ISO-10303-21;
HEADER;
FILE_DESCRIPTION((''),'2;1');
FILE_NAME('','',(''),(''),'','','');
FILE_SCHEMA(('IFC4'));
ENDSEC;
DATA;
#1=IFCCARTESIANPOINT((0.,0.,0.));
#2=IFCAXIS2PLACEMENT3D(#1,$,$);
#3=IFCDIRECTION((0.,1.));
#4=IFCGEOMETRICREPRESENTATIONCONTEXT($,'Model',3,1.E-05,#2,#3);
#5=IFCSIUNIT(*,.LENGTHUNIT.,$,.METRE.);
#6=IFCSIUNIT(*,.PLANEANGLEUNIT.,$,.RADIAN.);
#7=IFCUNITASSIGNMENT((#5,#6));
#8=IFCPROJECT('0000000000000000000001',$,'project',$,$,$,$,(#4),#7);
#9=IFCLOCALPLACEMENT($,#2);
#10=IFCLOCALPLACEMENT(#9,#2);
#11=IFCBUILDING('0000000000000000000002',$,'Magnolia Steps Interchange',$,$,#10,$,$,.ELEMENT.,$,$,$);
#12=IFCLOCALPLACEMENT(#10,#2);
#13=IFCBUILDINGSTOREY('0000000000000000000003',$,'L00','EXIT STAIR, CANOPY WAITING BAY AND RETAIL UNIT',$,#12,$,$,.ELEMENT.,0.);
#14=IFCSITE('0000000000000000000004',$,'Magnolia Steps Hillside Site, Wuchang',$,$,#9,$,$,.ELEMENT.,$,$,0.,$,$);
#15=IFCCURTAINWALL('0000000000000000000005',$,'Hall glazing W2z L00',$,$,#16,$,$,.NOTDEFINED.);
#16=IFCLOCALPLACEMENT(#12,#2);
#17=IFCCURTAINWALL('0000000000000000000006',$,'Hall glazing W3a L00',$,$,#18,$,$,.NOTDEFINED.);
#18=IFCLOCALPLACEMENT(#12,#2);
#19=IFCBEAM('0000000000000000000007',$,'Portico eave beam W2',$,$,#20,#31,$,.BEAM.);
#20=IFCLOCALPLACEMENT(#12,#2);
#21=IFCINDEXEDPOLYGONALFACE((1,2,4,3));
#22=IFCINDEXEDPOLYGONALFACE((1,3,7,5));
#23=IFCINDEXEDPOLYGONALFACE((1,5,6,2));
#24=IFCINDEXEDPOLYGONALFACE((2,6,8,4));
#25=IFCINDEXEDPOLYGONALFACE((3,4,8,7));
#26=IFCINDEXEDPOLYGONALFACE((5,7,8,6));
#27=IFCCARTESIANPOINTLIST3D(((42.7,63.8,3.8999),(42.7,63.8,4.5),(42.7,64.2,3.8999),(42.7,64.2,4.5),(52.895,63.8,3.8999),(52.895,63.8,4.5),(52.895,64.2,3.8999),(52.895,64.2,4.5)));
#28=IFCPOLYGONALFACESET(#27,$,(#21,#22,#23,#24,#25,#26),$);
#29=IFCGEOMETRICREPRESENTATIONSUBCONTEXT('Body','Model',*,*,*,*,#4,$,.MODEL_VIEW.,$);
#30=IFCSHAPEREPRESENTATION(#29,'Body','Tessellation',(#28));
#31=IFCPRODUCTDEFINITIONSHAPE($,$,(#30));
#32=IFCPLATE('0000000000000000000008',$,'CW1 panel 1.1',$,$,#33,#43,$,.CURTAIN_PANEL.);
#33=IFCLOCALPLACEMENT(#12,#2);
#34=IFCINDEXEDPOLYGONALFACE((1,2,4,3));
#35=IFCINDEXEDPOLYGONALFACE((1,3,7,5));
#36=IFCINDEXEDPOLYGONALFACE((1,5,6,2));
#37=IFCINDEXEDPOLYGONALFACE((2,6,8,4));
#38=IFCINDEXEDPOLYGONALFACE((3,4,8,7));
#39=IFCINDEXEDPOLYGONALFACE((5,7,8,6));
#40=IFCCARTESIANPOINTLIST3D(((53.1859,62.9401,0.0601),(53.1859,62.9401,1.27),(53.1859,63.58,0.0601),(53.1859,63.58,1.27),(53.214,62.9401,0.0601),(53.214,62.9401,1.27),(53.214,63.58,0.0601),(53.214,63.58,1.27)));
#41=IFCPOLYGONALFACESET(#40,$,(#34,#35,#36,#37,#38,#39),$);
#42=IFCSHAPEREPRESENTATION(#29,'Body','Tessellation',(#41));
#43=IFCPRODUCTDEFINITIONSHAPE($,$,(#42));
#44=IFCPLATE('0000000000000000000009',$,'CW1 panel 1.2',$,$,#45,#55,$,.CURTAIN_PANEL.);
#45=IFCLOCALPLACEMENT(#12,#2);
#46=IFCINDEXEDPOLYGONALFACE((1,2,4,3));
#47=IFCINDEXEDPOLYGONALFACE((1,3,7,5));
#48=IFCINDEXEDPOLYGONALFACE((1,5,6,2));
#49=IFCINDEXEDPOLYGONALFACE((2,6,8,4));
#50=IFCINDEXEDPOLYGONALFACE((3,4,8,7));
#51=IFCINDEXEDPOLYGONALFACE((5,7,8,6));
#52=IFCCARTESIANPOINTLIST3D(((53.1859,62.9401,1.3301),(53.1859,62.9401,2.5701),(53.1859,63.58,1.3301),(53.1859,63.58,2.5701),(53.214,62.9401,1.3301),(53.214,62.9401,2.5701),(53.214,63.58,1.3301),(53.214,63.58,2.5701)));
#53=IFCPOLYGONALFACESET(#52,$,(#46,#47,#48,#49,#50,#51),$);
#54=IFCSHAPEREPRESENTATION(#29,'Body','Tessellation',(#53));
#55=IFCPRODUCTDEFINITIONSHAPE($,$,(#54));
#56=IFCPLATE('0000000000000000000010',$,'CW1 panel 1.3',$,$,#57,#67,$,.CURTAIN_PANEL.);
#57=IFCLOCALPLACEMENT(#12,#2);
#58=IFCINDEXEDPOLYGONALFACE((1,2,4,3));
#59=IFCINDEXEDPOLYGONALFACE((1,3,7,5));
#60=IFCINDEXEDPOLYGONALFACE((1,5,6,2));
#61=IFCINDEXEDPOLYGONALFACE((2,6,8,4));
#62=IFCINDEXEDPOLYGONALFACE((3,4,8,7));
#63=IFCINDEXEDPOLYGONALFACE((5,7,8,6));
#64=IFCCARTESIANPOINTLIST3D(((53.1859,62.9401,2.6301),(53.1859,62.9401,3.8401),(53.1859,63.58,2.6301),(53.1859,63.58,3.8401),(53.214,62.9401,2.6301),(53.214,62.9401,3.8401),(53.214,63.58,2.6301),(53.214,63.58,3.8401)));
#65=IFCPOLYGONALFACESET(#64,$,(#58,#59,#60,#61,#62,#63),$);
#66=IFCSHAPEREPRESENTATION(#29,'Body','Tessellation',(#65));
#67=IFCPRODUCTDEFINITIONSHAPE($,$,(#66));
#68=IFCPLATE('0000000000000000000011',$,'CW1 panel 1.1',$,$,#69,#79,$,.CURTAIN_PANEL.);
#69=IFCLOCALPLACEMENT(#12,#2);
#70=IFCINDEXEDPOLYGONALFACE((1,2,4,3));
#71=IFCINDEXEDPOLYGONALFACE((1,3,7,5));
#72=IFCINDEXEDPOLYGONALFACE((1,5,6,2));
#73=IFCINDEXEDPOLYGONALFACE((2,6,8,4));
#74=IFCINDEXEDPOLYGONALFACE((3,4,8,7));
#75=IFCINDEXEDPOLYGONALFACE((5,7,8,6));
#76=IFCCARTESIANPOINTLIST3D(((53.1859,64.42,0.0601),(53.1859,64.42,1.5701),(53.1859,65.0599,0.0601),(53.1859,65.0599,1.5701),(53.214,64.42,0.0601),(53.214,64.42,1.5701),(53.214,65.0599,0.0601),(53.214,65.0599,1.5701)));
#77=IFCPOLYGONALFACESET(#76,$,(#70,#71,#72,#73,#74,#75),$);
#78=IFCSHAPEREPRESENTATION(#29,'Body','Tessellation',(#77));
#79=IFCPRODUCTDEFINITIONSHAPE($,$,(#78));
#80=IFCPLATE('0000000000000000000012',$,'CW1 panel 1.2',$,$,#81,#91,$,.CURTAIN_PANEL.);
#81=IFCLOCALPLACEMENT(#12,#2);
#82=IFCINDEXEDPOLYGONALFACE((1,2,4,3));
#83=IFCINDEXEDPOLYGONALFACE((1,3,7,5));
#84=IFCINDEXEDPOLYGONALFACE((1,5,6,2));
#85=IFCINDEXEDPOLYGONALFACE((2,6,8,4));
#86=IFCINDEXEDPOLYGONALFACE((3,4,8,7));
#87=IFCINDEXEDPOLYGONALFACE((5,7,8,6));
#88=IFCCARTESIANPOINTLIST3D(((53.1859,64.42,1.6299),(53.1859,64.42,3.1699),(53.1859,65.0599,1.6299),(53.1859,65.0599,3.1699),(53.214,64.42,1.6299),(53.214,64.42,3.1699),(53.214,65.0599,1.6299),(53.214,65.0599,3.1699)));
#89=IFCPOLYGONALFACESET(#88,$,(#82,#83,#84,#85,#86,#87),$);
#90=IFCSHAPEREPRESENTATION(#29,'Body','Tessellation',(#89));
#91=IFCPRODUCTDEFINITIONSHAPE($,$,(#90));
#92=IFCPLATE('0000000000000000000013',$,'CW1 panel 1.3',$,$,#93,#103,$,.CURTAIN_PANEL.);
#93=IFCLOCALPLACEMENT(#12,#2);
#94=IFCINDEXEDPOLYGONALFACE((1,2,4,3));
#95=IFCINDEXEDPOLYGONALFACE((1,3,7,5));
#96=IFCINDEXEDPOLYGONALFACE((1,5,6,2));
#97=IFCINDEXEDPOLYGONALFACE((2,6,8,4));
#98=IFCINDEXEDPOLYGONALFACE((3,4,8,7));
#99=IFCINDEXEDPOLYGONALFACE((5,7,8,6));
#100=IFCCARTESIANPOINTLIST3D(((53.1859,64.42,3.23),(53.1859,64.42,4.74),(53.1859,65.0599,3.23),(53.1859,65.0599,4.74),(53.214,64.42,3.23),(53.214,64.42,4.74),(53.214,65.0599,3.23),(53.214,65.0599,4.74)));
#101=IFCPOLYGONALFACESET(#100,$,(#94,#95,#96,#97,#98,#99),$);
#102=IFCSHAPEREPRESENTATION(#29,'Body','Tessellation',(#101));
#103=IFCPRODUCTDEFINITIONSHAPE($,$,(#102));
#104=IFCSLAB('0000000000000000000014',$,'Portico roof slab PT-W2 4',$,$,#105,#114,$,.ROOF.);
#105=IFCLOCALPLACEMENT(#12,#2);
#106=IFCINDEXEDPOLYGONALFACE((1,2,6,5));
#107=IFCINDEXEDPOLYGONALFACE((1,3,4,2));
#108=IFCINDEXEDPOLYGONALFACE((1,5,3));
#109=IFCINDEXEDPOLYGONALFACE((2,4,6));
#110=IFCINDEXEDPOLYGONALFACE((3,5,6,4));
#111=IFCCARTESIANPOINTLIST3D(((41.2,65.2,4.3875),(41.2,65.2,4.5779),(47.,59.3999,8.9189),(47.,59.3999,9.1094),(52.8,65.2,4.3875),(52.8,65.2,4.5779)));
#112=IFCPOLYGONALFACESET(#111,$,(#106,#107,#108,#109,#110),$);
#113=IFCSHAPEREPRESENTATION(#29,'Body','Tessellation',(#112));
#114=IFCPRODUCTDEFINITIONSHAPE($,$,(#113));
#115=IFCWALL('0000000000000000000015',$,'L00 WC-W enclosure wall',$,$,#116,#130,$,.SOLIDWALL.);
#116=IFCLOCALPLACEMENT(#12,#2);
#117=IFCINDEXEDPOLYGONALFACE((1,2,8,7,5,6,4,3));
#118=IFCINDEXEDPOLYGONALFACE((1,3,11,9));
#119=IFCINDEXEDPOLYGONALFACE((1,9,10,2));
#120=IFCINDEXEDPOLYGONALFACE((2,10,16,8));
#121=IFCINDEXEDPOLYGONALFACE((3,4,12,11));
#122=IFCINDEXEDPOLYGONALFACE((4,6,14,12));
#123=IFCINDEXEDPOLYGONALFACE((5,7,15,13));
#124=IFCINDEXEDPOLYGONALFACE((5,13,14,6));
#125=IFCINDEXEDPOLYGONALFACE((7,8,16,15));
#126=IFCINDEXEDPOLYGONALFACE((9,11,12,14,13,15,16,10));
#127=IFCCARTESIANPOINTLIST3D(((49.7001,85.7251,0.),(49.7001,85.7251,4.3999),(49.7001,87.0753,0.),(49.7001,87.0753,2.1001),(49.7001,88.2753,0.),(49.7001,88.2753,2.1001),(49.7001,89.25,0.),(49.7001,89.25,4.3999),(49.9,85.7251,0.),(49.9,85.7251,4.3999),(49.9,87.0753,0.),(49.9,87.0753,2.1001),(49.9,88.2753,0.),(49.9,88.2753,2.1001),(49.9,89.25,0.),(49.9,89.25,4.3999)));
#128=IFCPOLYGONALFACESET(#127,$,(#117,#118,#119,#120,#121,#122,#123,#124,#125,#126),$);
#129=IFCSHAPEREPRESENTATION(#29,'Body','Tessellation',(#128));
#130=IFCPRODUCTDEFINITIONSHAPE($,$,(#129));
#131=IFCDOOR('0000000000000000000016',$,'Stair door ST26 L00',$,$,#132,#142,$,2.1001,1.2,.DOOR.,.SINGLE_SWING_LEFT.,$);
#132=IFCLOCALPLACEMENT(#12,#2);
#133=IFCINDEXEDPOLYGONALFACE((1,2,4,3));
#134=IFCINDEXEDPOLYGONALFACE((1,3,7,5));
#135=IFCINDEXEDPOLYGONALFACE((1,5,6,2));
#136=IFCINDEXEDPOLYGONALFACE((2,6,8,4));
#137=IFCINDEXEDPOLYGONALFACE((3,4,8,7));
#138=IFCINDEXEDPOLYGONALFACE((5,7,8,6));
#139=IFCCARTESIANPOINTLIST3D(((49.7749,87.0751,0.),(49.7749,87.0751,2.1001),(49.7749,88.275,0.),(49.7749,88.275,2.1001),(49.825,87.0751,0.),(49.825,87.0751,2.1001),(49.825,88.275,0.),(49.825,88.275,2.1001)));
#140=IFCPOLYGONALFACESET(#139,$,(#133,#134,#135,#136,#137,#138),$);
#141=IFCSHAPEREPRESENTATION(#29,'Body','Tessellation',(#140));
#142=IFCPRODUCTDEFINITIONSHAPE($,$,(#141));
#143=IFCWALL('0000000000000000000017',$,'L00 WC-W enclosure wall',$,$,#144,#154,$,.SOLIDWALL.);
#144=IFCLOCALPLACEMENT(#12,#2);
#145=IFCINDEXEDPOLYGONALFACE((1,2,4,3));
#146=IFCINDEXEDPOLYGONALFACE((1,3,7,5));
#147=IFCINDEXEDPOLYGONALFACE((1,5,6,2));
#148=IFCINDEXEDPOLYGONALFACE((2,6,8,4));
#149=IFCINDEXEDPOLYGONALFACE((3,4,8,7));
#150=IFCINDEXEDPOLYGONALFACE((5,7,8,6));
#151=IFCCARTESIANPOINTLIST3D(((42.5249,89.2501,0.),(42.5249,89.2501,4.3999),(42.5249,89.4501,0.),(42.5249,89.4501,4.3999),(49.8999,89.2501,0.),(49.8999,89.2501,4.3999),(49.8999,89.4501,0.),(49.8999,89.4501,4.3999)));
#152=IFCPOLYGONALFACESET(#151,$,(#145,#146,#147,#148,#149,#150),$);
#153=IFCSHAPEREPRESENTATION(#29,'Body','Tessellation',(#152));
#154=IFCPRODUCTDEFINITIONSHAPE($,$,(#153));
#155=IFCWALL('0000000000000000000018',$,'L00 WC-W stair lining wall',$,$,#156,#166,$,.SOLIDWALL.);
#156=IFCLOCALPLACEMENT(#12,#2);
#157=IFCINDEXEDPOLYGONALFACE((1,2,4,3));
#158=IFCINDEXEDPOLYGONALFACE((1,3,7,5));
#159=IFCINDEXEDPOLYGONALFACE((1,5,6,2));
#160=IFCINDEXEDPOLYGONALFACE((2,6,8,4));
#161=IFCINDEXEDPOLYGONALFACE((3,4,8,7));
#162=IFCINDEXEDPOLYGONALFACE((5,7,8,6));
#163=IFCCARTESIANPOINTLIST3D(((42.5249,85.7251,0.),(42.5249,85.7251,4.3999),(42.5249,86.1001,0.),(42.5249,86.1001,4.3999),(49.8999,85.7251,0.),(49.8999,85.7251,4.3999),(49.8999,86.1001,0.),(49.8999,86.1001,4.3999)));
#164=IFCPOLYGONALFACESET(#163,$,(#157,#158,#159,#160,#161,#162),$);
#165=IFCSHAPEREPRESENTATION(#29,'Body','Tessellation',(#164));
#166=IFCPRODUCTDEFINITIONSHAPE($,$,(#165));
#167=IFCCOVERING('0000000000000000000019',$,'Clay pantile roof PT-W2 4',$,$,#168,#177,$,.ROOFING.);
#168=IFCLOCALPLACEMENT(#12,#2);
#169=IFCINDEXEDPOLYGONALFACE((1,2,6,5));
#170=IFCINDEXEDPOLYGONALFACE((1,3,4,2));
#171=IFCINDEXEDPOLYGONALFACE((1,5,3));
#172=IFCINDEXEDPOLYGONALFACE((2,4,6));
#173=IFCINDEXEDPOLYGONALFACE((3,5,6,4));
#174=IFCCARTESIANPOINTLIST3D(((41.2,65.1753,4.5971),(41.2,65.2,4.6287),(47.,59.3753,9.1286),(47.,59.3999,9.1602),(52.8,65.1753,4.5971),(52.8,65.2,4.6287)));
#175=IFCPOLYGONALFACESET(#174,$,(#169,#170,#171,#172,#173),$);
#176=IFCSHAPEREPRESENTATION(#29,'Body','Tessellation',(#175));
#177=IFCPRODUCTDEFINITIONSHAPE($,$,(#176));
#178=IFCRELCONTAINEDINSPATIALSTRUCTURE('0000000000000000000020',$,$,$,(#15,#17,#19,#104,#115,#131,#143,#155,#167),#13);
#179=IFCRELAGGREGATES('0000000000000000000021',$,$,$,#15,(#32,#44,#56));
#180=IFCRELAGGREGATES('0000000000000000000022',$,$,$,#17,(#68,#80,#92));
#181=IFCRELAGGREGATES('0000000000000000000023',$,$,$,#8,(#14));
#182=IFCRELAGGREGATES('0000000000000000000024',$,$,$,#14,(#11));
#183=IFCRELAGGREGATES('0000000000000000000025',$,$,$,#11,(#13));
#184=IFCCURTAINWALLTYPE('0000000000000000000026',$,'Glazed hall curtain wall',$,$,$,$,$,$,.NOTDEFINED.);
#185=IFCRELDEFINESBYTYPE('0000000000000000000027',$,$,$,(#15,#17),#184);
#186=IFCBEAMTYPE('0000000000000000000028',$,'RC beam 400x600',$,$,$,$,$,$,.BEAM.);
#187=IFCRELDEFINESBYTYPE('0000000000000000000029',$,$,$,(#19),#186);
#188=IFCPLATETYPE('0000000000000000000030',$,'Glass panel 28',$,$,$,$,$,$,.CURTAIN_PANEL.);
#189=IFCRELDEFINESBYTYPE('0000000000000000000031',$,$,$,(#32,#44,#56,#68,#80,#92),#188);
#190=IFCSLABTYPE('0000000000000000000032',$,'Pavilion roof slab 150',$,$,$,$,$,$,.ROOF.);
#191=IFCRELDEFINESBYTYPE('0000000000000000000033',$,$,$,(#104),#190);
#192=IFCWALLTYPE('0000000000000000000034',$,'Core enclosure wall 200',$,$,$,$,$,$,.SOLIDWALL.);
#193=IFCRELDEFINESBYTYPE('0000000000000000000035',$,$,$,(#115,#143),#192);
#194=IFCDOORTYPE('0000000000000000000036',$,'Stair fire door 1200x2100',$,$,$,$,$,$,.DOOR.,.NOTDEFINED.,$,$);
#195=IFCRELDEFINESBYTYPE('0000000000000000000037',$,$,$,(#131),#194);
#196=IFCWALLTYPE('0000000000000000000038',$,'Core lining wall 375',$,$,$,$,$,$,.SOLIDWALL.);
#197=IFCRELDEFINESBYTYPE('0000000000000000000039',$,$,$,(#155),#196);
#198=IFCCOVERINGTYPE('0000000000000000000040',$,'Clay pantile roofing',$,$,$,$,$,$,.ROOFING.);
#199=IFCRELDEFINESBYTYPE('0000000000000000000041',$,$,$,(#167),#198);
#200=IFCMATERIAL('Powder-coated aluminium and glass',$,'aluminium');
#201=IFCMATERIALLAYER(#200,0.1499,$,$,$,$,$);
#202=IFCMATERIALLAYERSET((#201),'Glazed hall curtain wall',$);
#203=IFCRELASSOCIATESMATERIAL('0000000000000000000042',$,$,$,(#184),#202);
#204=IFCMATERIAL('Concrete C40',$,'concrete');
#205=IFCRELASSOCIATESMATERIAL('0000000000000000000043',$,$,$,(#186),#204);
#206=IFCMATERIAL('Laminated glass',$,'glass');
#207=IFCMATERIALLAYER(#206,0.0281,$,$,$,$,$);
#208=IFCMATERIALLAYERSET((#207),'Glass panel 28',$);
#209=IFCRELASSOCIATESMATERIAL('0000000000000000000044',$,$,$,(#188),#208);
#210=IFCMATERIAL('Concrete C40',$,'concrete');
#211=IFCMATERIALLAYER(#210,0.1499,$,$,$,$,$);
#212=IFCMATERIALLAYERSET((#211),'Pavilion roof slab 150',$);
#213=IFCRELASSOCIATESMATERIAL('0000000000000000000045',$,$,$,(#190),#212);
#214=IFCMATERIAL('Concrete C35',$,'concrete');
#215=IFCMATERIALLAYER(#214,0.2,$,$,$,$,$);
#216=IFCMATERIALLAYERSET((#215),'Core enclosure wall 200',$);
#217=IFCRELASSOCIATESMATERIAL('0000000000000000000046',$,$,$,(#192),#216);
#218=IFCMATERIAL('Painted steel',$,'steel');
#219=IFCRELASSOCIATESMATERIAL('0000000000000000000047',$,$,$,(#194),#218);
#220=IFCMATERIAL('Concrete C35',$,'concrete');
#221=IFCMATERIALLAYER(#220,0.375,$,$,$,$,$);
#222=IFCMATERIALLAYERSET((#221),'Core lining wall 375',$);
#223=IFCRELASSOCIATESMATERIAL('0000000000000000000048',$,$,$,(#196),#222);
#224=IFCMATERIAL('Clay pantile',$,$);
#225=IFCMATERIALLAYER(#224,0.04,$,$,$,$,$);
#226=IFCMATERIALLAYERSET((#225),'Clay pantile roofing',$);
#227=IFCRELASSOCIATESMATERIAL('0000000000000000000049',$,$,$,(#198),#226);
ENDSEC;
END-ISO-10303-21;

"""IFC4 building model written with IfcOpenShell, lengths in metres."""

from ifc_helpers import new_model, si_unit, direction, frame, frame_2d, origin, origin_2d, place, context, subcontext, project, spatial, polyline, rectangle, outline, extrude, material, layer, layer_set, material_profile, profile_set, type_object, element, fill, aggregate, save


model = new_model("IFC4")

# Units and contexts
model_context = context("Model", 3, precision=1e-05, world=origin(), true_north=direction((0.0, 1.0)))
body_context = subcontext(model_context, "Body", "Model", "MODEL_VIEW")
ifc_project = project(units=[si_unit("LENGTHUNIT", "METRE"), si_unit("PLANEANGLEUNIT", "RADIAN")], contexts=[model_context])

# Site, building, storey
site_placement = place(None, origin())
site = spatial("IfcSite", under=ifc_project, at=site_placement, Name="Magnolia Steps Hillside Site, Wuchang", CompositionType="ELEMENT", RefElevation=0.0)
building_placement = place(site_placement, origin())
building = spatial("IfcBuilding", under=site, at=building_placement, Name="Magnolia Steps Interchange", CompositionType="ELEMENT")
storey_placement = place(building_placement, origin())
storey = spatial("IfcBuildingStorey", under=building, at=storey_placement, Name="L00", Description="EXIT STAIR, CANOPY WAITING BAY AND RETAIL UNIT", CompositionType="ELEMENT", Elevation=0.0)

# Curtain wall
ifc_material_1 = material(Name="Powder-coated aluminium and glass", Category="aluminium")
ifc_layer_1 = layer(ifc_material_1, 0.1499)
ifc_layer_set_1 = layer_set([ifc_layer_1], Name="Glazed hall curtain wall")
curtain_wall_type = type_object("IfcCurtainWallType", Name="Glazed hall curtain wall", PredefinedType="NOTDEFINED", material=ifc_layer_set_1)
curtain_wall_1_placement = place(storey_placement, origin())
curtain_wall_1 = element("IfcCurtainWall", 1, at=curtain_wall_1_placement, inside=storey, type_object=curtain_wall_type, Name="Hall glazing W2z L00", PredefinedType="NOTDEFINED")

# Curtain wall
curtain_wall_2_placement = place(storey_placement, origin())
curtain_wall_2 = element("IfcCurtainWall", 2, at=curtain_wall_2_placement, inside=storey, type_object=curtain_wall_type, Name="Hall glazing W3a L00", PredefinedType="NOTDEFINED")

# Beam
ifc_material_2 = material(Name="Concrete C40", Category="concrete")
ifc_material_profile_1 = material_profile(ifc_material_2, rectangle(XDim=0.3999, YDim=0.6001, at=origin_2d()), Name="RC400x600")
ifc_profile_set_1 = profile_set([ifc_material_profile_1], Name="Concrete C40")
beam_type = type_object("IfcBeamType", Name="RC beam 400x600", PredefinedType="BEAM", material=ifc_profile_set_1)
beam_placement = place(storey_placement, frame((52.895, 64.0, 4.2), z_axis=(-1.0, 0.0, 0.0), x_axis=(0.0, -1.0, 0.0)))
element("IfcBeam", 3, at=beam_placement, inside=storey, type_object=beam_type, Name="Portico eave beam W2", PredefinedType="BEAM", context=body_context, shape_type="SweptSolid", body=[
    extrude(rectangle(XDim=0.3999, YDim=0.6001, at=origin_2d()), origin(), (0.0, 0.0, 1.0), 10.1951),
])

# Plates
ifc_material_3 = material(Name="Laminated glass", Category="glass")
ifc_layer_2 = layer(ifc_material_3, 0.0281)
ifc_layer_set_2 = layer_set([ifc_layer_2], Name="Glass panel 28")
plate_type = type_object("IfcPlateType", Name="Glass panel 28", PredefinedType="CURTAIN_PANEL", material=ifc_layer_set_2)
plate_1_placement = place(storey_placement, frame((53.2, 63.26, 0.0601), z_axis=(0.0, 0.0, 1.0), x_axis=(0.0, 1.0, 0.0)))
plate_1 = element("IfcPlate", 4, at=plate_1_placement, type_object=plate_type, Name="CW1 panel 1.1", PredefinedType="CURTAIN_PANEL", context=body_context, shape_type="SweptSolid", body=[
    extrude(rectangle(XDim=0.6399, YDim=0.0281, at=origin_2d()), origin(), (0.0, 0.0, 1.0), 1.21),
])
plate_2_placement = place(storey_placement, frame((53.2, 63.26, 1.3301), z_axis=(0.0, 0.0, 1.0), x_axis=(0.0, 1.0, 0.0)))
plate_2 = element("IfcPlate", 5, at=plate_2_placement, type_object=plate_type, Name="CW1 panel 1.2", PredefinedType="CURTAIN_PANEL", context=body_context, shape_type="SweptSolid", body=[
    extrude(rectangle(XDim=0.6399, YDim=0.0281, at=origin_2d()), origin(), (0.0, 0.0, 1.0), 1.24),
])
plate_3_placement = place(storey_placement, frame((53.2, 63.26, 2.6301), z_axis=(0.0, 0.0, 1.0), x_axis=(0.0, 1.0, 0.0)))
plate_3 = element("IfcPlate", 6, at=plate_3_placement, type_object=plate_type, Name="CW1 panel 1.3", PredefinedType="CURTAIN_PANEL", context=body_context, shape_type="SweptSolid", body=[
    extrude(rectangle(XDim=0.6399, YDim=0.0281, at=origin_2d()), origin(), (0.0, 0.0, 1.0), 1.21),
])
aggregate(curtain_wall_1, [plate_1, plate_2, plate_3])
plate_4_placement = place(storey_placement, frame((53.2, 64.74, 0.0601), z_axis=(0.0, 0.0, 1.0), x_axis=(0.0, 1.0, 0.0)))
plate_4 = element("IfcPlate", 7, at=plate_4_placement, type_object=plate_type, Name="CW1 panel 1.1", PredefinedType="CURTAIN_PANEL", context=body_context, shape_type="SweptSolid", body=[
    extrude(rectangle(XDim=0.6399, YDim=0.0281, at=origin_2d()), origin(), (0.0, 0.0, 1.0), 1.51),
])
plate_5_placement = place(storey_placement, frame((53.2, 64.74, 1.6299), z_axis=(0.0, 0.0, 1.0), x_axis=(0.0, 1.0, 0.0)))
plate_5 = element("IfcPlate", 8, at=plate_5_placement, type_object=plate_type, Name="CW1 panel 1.2", PredefinedType="CURTAIN_PANEL", context=body_context, shape_type="SweptSolid", body=[
    extrude(rectangle(XDim=0.6399, YDim=0.0281, at=origin_2d()), origin(), (0.0, 0.0, 1.0), 1.54),
])
plate_6_placement = place(storey_placement, frame((53.2, 64.74, 3.23), z_axis=(0.0, 0.0, 1.0), x_axis=(0.0, 1.0, 0.0)))
plate_6 = element("IfcPlate", 9, at=plate_6_placement, type_object=plate_type, Name="CW1 panel 1.3", PredefinedType="CURTAIN_PANEL", context=body_context, shape_type="SweptSolid", body=[
    extrude(rectangle(XDim=0.6399, YDim=0.0281, at=origin_2d()), origin(), (0.0, 0.0, 1.0), 1.51),
])
aggregate(curtain_wall_2, [plate_4, plate_5, plate_6])

# Slab
ifc_material_4 = material(Name="Concrete C40", Category="concrete")
ifc_layer_3 = layer(ifc_material_4, 0.1499)
ifc_layer_set_3 = layer_set([ifc_layer_3], Name="Pavilion roof slab 150")
slab_type = type_object("IfcSlabType", Name="Pavilion roof slab 150", PredefinedType="ROOF", material=ifc_layer_set_3)
slab_placement = place(storey_placement, frame((52.8, 65.2, 4.5779), z_axis=(0.0, 0.615661, 0.788011), x_axis=(-1.0, 0.0, 0.0)))
element("IfcSlab", 10, at=slab_placement, inside=storey, type_object=slab_type, Name="Portico roof slab PT-W2 4", PredefinedType="ROOF", context=body_context, shape_type="SweptSolid", body=[
    extrude(outline(polyline([(0.0, 0.0), (11.6001, 0.0), (5.8, 7.3604), (0.0, 0.0)])), origin(), (0.0, -0.615661, -0.788011), 0.1904),
])

# Wall, opening, door
ifc_material_5 = material(Name="Concrete C35", Category="concrete")
ifc_layer_4 = layer(ifc_material_5, 0.2)
ifc_layer_set_4 = layer_set([ifc_layer_4], Name="Core enclosure wall 200")
wall_type_1 = type_object("IfcWallType", Name="Core enclosure wall 200", PredefinedType="SOLIDWALL", material=ifc_layer_set_4)
wall_1_placement = place(storey_placement, frame((49.8, 85.7251, 0.0), z_axis=(0.0, 0.0, 1.0), x_axis=(0.0, 1.0, 0.0)))
wall_1 = element("IfcWall", 11, at=wall_1_placement, inside=storey, type_object=wall_type_1, Name="L00 WC-W enclosure wall", PredefinedType="SOLIDWALL", context=body_context, shape_type="SweptSolid", body=[
    extrude(rectangle(XDim=3.5249, YDim=0.2, at=frame_2d((1.7625, 0.0))), origin(), (0.0, 0.0, 1.0), 4.3999),
])
opening_1_placement = place(wall_1_placement, frame((1.3501, 0.0, 0.0)))
opening_1 = element("IfcOpeningElement", 12, at=opening_1_placement, cuts=wall_1, PredefinedType="OPENING", context=body_context, shape_type="SweptSolid", body=[
    extrude(rectangle(XDim=1.2, YDim=2.1001, at=frame_2d((0.6001, 1.05))), frame((0.0, 0.1099, 0.0), z_axis=(0.0, -1.0, 0.0), x_axis=(1.0, 0.0, 0.0)), (0.0, 0.0, 1.0), 0.22),
])
ifc_material_6 = material(Name="Painted steel", Category="steel")
door_type_1 = type_object("IfcDoorType", Name="Stair fire door 1200x2100", OperationType="NOTDEFINED", PredefinedType="DOOR", material=ifc_material_6)
door_1_placement = place(opening_1_placement, frame((1.2, 0.0, 0.0), z_axis=(0.0, 0.0, 1.0), x_axis=(-1.0, 0.0, 0.0)))
door_1 = element("IfcDoor", 13, at=door_1_placement, inside=storey, type_object=door_type_1, Name="Stair door ST26 L00", OperationType="SINGLE_SWING_LEFT", OverallHeight=2.1001, OverallWidth=1.2, PredefinedType="DOOR", context=body_context, shape_type="SweptSolid", body=[
    extrude(rectangle(XDim=1.2, YDim=2.1001, at=frame_2d((0.6001, 1.05))), frame((0.0, 0.0249, 0.0), z_axis=(0.0, -1.0, 0.0), x_axis=(1.0, 0.0, 0.0)), (0.0, 0.0, 1.0), 0.05),
])
fill(opening_1, door_1)

# Walls
wall_2_placement = place(storey_placement, frame((49.8999, 89.3501, 0.0), z_axis=(0.0, 0.0, 1.0), x_axis=(-1.0, 0.0, 0.0)))
element("IfcWall", 14, at=wall_2_placement, inside=storey, type_object=wall_type_1, Name="L00 WC-W enclosure wall", PredefinedType="SOLIDWALL", context=body_context, shape_type="SweptSolid", body=[
    extrude(rectangle(XDim=7.375, YDim=0.2, at=frame_2d((3.6875, 0.0))), origin(), (0.0, 0.0, 1.0), 4.3999),
])
ifc_material_7 = material(Name="Concrete C35", Category="concrete")
ifc_layer_5 = layer(ifc_material_7, 0.375)
ifc_layer_set_5 = layer_set([ifc_layer_5], Name="Core lining wall 375")
wall_type_2 = type_object("IfcWallType", Name="Core lining wall 375", PredefinedType="SOLIDWALL", material=ifc_layer_set_5)
wall_3_placement = place(storey_placement, frame((49.8999, 85.9126, 0.0), z_axis=(0.0, 0.0, 1.0), x_axis=(-1.0, 0.0, 0.0)))
element("IfcWall", 15, at=wall_3_placement, inside=storey, type_object=wall_type_2, Name="L00 WC-W stair lining wall", PredefinedType="SOLIDWALL", context=body_context, shape_type="SweptSolid", body=[
    extrude(rectangle(XDim=7.375, YDim=0.375, at=frame_2d((3.6875, 0.0))), origin(), (0.0, 0.0, 1.0), 4.3999),
])

# Covering
ifc_material_8 = material(Name="Clay pantile")
ifc_layer_6 = layer(ifc_material_8, 0.04)
ifc_layer_set_6 = layer_set([ifc_layer_6], Name="Clay pantile roofing")
covering_type = type_object("IfcCoveringType", Name="Clay pantile roofing", PredefinedType="ROOFING", material=ifc_layer_set_6)
covering_1_placement = place(storey_placement, frame((52.8, 65.2, 4.6287), z_axis=(0.0, 0.615661, 0.788011), x_axis=(-1.0, 0.0, 0.0)))
element("IfcCovering", 16, at=covering_1_placement, inside=storey, type_object=covering_type, Name="Clay pantile roof PT-W2 4", PredefinedType="ROOFING", context=body_context, shape_type="SweptSolid", body=[
    extrude(outline(polyline([(0.0, 0.0), (11.6001, 0.0), (5.8, 7.3604), (0.0, 0.0)])), origin(), (0.0, 0.0, -1.0), 0.04),
])

save(model, "model.ifc")
